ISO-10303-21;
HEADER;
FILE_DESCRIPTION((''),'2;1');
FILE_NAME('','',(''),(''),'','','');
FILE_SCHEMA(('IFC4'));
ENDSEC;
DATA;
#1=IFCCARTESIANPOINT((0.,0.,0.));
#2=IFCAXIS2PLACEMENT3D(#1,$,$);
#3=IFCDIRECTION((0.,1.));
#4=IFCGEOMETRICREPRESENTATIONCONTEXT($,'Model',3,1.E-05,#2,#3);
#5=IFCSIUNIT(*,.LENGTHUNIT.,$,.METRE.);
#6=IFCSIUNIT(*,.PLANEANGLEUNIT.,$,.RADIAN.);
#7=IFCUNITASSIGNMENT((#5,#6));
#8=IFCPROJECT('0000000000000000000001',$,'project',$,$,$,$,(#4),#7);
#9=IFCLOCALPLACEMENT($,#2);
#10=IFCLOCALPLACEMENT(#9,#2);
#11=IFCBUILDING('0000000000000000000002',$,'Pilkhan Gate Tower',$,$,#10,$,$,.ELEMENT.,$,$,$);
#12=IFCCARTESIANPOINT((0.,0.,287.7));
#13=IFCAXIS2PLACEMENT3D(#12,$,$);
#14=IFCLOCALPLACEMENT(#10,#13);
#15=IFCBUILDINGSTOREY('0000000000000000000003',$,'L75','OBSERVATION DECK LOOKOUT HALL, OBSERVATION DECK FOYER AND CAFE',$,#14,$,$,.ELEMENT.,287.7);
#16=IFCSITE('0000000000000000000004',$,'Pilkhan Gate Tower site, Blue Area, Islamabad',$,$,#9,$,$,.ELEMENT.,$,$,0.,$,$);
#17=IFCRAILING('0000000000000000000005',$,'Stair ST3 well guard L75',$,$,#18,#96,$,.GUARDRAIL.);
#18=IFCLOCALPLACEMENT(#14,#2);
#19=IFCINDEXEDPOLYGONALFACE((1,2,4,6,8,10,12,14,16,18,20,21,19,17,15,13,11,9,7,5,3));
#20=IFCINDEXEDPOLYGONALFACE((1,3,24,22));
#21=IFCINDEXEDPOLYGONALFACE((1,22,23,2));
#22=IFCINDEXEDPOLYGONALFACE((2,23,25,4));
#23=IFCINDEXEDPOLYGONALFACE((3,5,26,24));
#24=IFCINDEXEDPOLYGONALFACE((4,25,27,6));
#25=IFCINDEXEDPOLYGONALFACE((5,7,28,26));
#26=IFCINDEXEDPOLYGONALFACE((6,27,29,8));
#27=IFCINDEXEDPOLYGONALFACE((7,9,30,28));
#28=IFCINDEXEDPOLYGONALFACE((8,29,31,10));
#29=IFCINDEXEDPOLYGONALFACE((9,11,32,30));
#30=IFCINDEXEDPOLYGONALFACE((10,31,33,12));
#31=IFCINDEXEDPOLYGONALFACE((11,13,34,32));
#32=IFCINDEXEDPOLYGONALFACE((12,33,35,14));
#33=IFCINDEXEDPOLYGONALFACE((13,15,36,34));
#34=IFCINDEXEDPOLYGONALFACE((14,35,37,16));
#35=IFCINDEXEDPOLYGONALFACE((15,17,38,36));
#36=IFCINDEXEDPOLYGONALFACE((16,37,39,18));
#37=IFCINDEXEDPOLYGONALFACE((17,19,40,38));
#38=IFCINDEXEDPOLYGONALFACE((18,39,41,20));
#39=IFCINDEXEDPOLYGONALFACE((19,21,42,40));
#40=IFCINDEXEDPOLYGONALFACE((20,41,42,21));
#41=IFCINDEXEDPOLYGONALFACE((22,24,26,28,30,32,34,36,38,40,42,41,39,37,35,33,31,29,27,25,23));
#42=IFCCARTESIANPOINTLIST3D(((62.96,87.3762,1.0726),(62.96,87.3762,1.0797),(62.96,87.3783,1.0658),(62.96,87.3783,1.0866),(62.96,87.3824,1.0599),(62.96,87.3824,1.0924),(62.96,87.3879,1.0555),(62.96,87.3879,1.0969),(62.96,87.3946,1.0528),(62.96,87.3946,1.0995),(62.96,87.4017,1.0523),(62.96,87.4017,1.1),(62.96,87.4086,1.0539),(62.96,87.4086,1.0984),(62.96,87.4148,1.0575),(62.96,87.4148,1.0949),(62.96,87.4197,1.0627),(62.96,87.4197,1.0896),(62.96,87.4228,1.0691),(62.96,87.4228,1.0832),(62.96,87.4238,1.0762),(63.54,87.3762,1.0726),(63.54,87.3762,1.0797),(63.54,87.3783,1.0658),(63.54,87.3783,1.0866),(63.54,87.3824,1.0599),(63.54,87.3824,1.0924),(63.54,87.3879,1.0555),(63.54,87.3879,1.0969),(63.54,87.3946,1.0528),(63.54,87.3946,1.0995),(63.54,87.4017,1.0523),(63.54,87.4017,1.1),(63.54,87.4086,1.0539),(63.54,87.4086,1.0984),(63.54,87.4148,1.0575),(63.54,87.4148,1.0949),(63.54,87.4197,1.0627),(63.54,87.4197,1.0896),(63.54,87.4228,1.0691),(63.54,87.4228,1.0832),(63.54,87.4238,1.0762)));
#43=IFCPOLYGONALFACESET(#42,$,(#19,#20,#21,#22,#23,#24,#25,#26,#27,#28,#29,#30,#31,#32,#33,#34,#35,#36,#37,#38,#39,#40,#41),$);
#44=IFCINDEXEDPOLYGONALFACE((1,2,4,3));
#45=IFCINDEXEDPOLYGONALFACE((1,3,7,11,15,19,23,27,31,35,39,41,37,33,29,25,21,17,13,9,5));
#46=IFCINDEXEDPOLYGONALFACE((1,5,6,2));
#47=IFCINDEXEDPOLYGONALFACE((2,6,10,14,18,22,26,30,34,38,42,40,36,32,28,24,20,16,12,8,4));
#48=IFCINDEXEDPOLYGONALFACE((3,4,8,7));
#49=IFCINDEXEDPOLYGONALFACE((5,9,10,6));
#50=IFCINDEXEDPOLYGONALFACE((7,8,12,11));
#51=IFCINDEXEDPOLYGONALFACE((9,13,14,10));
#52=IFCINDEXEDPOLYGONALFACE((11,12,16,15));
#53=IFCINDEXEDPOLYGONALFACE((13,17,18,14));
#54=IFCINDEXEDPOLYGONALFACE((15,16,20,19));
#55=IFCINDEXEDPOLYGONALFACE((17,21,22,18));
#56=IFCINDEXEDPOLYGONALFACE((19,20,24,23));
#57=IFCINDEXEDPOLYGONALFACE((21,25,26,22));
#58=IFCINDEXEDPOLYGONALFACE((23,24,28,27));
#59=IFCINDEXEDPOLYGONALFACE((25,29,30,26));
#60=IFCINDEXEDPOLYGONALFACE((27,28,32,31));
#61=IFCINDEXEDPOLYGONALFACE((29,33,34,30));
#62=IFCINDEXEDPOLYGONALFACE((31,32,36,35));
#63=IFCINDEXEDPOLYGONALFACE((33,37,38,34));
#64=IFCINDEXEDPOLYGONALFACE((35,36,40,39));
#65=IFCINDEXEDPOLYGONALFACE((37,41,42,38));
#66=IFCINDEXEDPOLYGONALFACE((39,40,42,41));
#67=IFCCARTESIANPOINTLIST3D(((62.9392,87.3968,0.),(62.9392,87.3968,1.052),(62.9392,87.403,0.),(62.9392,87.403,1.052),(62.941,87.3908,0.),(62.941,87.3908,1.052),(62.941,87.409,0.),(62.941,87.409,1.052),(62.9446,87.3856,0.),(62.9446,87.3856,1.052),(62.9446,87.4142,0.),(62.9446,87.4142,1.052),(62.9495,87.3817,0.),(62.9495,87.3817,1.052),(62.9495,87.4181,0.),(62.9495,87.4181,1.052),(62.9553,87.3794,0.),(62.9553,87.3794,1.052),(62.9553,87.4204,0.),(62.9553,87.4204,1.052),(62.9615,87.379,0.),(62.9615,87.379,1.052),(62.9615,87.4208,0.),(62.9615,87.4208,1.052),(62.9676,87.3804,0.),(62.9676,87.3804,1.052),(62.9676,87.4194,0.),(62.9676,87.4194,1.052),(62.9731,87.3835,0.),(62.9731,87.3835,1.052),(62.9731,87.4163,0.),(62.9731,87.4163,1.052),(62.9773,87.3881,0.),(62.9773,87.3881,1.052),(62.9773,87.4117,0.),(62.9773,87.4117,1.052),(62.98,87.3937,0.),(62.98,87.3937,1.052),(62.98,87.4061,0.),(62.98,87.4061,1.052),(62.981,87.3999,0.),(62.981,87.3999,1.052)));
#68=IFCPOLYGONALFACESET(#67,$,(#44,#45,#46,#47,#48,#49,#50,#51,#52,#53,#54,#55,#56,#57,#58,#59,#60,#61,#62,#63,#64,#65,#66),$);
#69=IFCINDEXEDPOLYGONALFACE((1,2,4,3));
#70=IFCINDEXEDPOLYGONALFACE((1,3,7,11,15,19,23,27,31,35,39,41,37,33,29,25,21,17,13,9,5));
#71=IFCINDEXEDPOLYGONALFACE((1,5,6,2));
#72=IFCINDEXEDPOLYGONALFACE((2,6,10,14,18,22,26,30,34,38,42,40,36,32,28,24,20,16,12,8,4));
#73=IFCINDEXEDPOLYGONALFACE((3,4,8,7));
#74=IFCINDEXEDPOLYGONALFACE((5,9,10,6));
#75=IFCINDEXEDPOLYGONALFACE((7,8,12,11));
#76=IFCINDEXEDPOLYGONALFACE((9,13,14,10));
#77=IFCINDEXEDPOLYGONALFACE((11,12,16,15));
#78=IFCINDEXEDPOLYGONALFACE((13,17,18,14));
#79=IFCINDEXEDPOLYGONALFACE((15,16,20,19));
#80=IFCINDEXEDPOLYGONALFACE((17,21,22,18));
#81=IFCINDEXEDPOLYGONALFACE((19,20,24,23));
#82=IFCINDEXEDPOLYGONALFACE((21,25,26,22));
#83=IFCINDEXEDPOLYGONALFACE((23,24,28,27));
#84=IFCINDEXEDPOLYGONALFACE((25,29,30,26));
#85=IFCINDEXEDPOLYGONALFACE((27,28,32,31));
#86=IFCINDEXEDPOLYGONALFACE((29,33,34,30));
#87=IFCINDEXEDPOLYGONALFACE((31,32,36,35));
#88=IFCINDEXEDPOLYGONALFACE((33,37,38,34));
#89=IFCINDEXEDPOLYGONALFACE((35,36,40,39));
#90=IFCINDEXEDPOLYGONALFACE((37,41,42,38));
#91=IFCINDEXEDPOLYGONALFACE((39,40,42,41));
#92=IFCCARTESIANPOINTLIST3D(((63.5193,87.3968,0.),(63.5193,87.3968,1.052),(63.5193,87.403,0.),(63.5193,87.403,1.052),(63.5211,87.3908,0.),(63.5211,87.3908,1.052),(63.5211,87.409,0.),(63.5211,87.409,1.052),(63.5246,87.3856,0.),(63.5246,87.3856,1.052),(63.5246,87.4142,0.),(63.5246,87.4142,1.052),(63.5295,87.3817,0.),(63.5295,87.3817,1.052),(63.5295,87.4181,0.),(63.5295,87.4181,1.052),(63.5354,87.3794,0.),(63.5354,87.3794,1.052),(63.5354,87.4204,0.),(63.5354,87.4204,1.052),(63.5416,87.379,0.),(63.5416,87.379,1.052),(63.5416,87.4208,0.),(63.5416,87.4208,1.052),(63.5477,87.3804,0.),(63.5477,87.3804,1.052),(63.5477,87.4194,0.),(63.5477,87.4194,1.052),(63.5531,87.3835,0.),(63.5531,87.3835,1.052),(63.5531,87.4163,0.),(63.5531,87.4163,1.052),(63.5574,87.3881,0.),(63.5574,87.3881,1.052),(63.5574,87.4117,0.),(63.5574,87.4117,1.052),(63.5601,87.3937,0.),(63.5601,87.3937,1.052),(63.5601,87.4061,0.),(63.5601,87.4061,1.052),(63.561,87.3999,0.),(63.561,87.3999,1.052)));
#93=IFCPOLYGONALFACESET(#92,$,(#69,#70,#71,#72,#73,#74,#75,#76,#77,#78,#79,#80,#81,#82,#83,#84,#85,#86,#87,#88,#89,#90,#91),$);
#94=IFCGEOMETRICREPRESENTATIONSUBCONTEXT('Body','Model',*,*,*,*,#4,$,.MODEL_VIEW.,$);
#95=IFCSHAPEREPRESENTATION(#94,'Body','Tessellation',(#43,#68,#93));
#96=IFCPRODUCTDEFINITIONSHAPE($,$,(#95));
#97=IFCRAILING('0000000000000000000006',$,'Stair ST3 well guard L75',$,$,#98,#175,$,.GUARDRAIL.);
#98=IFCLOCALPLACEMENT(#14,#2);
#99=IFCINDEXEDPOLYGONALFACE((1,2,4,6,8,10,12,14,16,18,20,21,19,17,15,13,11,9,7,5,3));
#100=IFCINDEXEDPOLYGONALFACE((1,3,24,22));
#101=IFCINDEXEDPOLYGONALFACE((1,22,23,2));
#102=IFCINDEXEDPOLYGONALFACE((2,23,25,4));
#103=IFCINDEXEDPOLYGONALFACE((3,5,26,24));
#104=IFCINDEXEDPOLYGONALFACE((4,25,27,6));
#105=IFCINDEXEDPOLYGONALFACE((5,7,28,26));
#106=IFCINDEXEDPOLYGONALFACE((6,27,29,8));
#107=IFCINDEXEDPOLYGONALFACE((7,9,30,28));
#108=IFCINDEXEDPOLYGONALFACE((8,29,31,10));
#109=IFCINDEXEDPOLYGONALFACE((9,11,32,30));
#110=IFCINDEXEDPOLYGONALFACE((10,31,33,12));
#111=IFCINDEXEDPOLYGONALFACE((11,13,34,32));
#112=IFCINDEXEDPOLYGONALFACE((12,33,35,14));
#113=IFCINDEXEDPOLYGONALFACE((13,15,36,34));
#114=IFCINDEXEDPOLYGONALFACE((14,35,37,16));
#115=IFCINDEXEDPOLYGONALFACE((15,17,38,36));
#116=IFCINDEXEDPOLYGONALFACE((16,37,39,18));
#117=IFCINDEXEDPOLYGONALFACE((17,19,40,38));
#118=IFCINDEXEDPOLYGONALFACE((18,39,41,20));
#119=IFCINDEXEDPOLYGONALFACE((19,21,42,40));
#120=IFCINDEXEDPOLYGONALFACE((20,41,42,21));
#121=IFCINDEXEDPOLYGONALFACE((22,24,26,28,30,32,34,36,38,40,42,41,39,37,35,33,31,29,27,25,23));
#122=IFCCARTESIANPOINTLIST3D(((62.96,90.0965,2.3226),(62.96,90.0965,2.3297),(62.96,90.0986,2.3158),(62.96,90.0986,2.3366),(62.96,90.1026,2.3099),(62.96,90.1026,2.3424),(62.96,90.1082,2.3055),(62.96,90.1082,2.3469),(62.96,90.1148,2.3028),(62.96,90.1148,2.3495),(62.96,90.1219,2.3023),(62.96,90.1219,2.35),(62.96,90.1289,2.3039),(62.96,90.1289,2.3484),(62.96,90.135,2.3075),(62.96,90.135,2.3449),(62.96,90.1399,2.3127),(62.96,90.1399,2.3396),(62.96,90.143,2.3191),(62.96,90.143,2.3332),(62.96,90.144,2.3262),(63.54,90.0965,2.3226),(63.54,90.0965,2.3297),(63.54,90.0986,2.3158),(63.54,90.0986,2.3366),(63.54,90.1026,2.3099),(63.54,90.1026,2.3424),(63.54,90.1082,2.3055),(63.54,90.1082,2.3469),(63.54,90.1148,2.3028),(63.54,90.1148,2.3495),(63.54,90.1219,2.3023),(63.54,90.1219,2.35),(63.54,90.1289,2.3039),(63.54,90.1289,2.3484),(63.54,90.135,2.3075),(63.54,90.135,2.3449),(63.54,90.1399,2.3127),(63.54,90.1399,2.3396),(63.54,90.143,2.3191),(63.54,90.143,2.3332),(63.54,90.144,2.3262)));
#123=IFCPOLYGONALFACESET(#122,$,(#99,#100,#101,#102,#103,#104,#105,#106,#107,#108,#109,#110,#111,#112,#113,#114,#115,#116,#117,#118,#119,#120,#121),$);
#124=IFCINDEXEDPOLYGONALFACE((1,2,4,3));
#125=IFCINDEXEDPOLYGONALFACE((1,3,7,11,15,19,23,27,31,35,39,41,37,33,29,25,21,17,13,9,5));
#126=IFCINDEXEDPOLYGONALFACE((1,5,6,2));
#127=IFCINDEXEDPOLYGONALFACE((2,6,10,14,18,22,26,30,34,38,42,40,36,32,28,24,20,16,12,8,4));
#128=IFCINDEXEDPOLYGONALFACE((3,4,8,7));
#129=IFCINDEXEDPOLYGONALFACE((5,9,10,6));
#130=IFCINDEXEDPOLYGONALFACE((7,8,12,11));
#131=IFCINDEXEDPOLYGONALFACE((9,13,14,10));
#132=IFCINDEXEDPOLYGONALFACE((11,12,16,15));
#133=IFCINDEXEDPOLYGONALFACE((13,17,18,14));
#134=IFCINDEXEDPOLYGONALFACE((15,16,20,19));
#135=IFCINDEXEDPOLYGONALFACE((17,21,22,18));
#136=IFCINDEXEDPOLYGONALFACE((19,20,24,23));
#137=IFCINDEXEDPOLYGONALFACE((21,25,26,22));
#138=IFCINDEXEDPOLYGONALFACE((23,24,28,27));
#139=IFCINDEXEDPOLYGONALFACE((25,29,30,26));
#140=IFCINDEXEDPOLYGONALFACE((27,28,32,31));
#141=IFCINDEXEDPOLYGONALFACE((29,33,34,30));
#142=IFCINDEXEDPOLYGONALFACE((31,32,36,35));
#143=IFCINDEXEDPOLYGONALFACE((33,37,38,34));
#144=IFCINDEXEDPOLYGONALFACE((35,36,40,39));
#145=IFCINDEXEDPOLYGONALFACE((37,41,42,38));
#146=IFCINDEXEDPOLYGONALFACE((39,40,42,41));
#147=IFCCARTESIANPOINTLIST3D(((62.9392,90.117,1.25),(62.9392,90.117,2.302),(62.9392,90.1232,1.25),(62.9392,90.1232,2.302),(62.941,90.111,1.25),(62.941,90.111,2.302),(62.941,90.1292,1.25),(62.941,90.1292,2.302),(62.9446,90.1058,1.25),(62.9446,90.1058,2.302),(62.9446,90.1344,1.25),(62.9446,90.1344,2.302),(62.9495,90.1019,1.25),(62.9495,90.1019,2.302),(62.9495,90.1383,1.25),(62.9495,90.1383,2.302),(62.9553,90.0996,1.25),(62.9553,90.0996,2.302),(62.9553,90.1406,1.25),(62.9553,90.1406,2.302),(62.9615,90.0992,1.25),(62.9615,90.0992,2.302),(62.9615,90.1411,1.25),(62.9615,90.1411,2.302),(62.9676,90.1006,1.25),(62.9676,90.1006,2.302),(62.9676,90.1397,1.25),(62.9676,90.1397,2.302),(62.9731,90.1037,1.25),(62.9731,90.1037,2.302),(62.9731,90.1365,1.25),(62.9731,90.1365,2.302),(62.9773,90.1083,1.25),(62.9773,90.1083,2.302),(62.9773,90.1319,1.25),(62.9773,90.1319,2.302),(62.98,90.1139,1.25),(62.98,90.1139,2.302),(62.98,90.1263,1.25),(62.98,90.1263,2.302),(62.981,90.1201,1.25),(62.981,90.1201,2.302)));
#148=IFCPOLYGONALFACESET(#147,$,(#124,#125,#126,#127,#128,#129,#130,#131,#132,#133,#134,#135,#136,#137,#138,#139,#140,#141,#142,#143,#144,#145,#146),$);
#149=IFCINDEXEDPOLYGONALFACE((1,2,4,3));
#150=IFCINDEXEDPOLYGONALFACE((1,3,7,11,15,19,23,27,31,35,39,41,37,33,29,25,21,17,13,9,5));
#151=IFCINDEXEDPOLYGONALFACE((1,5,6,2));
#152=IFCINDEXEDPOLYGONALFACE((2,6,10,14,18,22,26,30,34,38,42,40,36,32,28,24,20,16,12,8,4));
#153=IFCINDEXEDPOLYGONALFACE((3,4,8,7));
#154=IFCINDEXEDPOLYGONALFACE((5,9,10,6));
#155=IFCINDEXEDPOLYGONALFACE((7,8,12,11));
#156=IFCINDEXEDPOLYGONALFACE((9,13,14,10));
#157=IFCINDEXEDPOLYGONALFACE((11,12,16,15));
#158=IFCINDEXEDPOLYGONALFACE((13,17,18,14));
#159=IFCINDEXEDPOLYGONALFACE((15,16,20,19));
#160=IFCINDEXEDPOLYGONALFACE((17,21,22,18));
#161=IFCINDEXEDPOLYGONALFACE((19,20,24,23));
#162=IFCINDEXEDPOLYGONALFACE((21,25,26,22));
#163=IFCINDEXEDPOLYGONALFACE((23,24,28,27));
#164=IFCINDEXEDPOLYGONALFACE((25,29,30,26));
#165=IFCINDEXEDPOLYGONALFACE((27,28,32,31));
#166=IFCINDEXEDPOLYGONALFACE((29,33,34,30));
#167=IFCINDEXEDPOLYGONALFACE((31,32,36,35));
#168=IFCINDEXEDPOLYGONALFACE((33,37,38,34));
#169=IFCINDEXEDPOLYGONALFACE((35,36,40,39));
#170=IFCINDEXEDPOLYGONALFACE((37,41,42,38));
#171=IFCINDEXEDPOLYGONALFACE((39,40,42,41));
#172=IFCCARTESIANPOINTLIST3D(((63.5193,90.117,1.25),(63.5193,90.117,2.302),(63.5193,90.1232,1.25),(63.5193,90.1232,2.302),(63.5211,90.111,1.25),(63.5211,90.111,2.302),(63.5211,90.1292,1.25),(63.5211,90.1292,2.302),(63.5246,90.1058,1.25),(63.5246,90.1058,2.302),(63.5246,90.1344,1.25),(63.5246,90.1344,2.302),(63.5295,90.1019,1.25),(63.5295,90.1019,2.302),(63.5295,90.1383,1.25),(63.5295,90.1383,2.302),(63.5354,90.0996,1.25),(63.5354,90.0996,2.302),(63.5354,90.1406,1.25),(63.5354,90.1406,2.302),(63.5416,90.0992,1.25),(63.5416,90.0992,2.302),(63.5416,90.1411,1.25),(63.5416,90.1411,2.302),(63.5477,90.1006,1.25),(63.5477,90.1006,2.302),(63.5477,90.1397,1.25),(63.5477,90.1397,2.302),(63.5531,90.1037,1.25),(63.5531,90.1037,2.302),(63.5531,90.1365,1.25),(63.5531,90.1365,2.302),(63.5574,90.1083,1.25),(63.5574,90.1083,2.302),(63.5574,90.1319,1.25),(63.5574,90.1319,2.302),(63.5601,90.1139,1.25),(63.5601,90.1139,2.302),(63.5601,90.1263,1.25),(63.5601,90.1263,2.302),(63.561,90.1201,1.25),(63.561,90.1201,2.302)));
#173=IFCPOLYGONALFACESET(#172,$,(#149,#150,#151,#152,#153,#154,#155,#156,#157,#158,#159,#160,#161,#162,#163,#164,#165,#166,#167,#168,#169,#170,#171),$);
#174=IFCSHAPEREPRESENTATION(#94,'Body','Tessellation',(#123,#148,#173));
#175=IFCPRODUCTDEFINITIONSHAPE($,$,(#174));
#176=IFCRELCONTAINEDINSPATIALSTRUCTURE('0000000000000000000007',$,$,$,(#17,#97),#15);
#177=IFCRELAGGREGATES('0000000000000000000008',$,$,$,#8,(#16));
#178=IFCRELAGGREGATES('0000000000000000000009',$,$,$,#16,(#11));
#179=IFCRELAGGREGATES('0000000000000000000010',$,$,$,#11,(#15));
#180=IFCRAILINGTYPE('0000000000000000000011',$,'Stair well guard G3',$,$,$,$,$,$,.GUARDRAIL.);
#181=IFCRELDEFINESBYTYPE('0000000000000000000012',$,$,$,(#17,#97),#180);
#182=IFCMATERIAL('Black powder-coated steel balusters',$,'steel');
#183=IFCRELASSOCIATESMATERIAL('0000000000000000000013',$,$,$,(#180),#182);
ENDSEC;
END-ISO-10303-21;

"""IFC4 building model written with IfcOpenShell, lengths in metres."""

from ifc_helpers import new_model, si_unit, direction, frame, origin, origin_2d, place, context, subcontext, project, spatial, circle, extrude, material, type_object, element, save


model = new_model("IFC4")

# Units and contexts
model_context = context("Model", 3, precision=1e-05, world=origin(), true_north=direction((0.0, 1.0)))
body_context = subcontext(model_context, "Body", "Model", "MODEL_VIEW")
ifc_project = project(units=[si_unit("LENGTHUNIT", "METRE"), si_unit("PLANEANGLEUNIT", "RADIAN")], contexts=[model_context])

# Site, building, storey
site_placement = place(None, origin())
site = spatial("IfcSite", under=ifc_project, at=site_placement, Name="Pilkhan Gate Tower site, Blue Area, Islamabad", CompositionType="ELEMENT", RefElevation=0.0)
building_placement = place(site_placement, origin())
building = spatial("IfcBuilding", under=site, at=building_placement, Name="Pilkhan Gate Tower", CompositionType="ELEMENT")
storey_placement = place(building_placement, frame((0.0, 0.0, 287.7)))
storey = spatial("IfcBuildingStorey", under=building, at=storey_placement, Name="L75", Description="OBSERVATION DECK LOOKOUT HALL, OBSERVATION DECK FOYER AND CAFE", CompositionType="ELEMENT", Elevation=287.7)

# Railings
ifc_material_1 = material(Name="Black powder-coated steel balusters", Category="steel")
railing_type_1 = type_object("IfcRailingType", Name="Stair well guard G3", PredefinedType="GUARDRAIL", material=ifc_material_1)
for number, where, name in (
    (1, (62.96, 87.3999, 0.0), "Stair ST3 well guard L75"),
    (2, (62.96, 90.1201, 1.25), "Stair ST3 well guard L75"),
):
    element("IfcRailing", number, at=place(storey_placement, frame(where)), inside=storey, type_object=railing_type_1, Name=name, PredefinedType="GUARDRAIL", context=body_context, shape_type="SweptSolid", body=[
        extrude(circle(Radius=0.0239, at=origin_2d()), frame((0.0, 0.0, 1.0762), z_axis=(1.0, 0.0, 0.0), x_axis=(0.0, 1.0, 0.0)), (0.0, 0.0, 1.0), 0.5801),
        extrude(circle(Radius=0.021, at=origin_2d()), origin(), (0.0, 0.0, 1.0), 1.052),
        extrude(circle(Radius=0.021, at=origin_2d()), frame((0.5801, 0.0, 0.0)), (0.0, 0.0, 1.0), 1.052),
    ])

save(model, "model.ifc")
